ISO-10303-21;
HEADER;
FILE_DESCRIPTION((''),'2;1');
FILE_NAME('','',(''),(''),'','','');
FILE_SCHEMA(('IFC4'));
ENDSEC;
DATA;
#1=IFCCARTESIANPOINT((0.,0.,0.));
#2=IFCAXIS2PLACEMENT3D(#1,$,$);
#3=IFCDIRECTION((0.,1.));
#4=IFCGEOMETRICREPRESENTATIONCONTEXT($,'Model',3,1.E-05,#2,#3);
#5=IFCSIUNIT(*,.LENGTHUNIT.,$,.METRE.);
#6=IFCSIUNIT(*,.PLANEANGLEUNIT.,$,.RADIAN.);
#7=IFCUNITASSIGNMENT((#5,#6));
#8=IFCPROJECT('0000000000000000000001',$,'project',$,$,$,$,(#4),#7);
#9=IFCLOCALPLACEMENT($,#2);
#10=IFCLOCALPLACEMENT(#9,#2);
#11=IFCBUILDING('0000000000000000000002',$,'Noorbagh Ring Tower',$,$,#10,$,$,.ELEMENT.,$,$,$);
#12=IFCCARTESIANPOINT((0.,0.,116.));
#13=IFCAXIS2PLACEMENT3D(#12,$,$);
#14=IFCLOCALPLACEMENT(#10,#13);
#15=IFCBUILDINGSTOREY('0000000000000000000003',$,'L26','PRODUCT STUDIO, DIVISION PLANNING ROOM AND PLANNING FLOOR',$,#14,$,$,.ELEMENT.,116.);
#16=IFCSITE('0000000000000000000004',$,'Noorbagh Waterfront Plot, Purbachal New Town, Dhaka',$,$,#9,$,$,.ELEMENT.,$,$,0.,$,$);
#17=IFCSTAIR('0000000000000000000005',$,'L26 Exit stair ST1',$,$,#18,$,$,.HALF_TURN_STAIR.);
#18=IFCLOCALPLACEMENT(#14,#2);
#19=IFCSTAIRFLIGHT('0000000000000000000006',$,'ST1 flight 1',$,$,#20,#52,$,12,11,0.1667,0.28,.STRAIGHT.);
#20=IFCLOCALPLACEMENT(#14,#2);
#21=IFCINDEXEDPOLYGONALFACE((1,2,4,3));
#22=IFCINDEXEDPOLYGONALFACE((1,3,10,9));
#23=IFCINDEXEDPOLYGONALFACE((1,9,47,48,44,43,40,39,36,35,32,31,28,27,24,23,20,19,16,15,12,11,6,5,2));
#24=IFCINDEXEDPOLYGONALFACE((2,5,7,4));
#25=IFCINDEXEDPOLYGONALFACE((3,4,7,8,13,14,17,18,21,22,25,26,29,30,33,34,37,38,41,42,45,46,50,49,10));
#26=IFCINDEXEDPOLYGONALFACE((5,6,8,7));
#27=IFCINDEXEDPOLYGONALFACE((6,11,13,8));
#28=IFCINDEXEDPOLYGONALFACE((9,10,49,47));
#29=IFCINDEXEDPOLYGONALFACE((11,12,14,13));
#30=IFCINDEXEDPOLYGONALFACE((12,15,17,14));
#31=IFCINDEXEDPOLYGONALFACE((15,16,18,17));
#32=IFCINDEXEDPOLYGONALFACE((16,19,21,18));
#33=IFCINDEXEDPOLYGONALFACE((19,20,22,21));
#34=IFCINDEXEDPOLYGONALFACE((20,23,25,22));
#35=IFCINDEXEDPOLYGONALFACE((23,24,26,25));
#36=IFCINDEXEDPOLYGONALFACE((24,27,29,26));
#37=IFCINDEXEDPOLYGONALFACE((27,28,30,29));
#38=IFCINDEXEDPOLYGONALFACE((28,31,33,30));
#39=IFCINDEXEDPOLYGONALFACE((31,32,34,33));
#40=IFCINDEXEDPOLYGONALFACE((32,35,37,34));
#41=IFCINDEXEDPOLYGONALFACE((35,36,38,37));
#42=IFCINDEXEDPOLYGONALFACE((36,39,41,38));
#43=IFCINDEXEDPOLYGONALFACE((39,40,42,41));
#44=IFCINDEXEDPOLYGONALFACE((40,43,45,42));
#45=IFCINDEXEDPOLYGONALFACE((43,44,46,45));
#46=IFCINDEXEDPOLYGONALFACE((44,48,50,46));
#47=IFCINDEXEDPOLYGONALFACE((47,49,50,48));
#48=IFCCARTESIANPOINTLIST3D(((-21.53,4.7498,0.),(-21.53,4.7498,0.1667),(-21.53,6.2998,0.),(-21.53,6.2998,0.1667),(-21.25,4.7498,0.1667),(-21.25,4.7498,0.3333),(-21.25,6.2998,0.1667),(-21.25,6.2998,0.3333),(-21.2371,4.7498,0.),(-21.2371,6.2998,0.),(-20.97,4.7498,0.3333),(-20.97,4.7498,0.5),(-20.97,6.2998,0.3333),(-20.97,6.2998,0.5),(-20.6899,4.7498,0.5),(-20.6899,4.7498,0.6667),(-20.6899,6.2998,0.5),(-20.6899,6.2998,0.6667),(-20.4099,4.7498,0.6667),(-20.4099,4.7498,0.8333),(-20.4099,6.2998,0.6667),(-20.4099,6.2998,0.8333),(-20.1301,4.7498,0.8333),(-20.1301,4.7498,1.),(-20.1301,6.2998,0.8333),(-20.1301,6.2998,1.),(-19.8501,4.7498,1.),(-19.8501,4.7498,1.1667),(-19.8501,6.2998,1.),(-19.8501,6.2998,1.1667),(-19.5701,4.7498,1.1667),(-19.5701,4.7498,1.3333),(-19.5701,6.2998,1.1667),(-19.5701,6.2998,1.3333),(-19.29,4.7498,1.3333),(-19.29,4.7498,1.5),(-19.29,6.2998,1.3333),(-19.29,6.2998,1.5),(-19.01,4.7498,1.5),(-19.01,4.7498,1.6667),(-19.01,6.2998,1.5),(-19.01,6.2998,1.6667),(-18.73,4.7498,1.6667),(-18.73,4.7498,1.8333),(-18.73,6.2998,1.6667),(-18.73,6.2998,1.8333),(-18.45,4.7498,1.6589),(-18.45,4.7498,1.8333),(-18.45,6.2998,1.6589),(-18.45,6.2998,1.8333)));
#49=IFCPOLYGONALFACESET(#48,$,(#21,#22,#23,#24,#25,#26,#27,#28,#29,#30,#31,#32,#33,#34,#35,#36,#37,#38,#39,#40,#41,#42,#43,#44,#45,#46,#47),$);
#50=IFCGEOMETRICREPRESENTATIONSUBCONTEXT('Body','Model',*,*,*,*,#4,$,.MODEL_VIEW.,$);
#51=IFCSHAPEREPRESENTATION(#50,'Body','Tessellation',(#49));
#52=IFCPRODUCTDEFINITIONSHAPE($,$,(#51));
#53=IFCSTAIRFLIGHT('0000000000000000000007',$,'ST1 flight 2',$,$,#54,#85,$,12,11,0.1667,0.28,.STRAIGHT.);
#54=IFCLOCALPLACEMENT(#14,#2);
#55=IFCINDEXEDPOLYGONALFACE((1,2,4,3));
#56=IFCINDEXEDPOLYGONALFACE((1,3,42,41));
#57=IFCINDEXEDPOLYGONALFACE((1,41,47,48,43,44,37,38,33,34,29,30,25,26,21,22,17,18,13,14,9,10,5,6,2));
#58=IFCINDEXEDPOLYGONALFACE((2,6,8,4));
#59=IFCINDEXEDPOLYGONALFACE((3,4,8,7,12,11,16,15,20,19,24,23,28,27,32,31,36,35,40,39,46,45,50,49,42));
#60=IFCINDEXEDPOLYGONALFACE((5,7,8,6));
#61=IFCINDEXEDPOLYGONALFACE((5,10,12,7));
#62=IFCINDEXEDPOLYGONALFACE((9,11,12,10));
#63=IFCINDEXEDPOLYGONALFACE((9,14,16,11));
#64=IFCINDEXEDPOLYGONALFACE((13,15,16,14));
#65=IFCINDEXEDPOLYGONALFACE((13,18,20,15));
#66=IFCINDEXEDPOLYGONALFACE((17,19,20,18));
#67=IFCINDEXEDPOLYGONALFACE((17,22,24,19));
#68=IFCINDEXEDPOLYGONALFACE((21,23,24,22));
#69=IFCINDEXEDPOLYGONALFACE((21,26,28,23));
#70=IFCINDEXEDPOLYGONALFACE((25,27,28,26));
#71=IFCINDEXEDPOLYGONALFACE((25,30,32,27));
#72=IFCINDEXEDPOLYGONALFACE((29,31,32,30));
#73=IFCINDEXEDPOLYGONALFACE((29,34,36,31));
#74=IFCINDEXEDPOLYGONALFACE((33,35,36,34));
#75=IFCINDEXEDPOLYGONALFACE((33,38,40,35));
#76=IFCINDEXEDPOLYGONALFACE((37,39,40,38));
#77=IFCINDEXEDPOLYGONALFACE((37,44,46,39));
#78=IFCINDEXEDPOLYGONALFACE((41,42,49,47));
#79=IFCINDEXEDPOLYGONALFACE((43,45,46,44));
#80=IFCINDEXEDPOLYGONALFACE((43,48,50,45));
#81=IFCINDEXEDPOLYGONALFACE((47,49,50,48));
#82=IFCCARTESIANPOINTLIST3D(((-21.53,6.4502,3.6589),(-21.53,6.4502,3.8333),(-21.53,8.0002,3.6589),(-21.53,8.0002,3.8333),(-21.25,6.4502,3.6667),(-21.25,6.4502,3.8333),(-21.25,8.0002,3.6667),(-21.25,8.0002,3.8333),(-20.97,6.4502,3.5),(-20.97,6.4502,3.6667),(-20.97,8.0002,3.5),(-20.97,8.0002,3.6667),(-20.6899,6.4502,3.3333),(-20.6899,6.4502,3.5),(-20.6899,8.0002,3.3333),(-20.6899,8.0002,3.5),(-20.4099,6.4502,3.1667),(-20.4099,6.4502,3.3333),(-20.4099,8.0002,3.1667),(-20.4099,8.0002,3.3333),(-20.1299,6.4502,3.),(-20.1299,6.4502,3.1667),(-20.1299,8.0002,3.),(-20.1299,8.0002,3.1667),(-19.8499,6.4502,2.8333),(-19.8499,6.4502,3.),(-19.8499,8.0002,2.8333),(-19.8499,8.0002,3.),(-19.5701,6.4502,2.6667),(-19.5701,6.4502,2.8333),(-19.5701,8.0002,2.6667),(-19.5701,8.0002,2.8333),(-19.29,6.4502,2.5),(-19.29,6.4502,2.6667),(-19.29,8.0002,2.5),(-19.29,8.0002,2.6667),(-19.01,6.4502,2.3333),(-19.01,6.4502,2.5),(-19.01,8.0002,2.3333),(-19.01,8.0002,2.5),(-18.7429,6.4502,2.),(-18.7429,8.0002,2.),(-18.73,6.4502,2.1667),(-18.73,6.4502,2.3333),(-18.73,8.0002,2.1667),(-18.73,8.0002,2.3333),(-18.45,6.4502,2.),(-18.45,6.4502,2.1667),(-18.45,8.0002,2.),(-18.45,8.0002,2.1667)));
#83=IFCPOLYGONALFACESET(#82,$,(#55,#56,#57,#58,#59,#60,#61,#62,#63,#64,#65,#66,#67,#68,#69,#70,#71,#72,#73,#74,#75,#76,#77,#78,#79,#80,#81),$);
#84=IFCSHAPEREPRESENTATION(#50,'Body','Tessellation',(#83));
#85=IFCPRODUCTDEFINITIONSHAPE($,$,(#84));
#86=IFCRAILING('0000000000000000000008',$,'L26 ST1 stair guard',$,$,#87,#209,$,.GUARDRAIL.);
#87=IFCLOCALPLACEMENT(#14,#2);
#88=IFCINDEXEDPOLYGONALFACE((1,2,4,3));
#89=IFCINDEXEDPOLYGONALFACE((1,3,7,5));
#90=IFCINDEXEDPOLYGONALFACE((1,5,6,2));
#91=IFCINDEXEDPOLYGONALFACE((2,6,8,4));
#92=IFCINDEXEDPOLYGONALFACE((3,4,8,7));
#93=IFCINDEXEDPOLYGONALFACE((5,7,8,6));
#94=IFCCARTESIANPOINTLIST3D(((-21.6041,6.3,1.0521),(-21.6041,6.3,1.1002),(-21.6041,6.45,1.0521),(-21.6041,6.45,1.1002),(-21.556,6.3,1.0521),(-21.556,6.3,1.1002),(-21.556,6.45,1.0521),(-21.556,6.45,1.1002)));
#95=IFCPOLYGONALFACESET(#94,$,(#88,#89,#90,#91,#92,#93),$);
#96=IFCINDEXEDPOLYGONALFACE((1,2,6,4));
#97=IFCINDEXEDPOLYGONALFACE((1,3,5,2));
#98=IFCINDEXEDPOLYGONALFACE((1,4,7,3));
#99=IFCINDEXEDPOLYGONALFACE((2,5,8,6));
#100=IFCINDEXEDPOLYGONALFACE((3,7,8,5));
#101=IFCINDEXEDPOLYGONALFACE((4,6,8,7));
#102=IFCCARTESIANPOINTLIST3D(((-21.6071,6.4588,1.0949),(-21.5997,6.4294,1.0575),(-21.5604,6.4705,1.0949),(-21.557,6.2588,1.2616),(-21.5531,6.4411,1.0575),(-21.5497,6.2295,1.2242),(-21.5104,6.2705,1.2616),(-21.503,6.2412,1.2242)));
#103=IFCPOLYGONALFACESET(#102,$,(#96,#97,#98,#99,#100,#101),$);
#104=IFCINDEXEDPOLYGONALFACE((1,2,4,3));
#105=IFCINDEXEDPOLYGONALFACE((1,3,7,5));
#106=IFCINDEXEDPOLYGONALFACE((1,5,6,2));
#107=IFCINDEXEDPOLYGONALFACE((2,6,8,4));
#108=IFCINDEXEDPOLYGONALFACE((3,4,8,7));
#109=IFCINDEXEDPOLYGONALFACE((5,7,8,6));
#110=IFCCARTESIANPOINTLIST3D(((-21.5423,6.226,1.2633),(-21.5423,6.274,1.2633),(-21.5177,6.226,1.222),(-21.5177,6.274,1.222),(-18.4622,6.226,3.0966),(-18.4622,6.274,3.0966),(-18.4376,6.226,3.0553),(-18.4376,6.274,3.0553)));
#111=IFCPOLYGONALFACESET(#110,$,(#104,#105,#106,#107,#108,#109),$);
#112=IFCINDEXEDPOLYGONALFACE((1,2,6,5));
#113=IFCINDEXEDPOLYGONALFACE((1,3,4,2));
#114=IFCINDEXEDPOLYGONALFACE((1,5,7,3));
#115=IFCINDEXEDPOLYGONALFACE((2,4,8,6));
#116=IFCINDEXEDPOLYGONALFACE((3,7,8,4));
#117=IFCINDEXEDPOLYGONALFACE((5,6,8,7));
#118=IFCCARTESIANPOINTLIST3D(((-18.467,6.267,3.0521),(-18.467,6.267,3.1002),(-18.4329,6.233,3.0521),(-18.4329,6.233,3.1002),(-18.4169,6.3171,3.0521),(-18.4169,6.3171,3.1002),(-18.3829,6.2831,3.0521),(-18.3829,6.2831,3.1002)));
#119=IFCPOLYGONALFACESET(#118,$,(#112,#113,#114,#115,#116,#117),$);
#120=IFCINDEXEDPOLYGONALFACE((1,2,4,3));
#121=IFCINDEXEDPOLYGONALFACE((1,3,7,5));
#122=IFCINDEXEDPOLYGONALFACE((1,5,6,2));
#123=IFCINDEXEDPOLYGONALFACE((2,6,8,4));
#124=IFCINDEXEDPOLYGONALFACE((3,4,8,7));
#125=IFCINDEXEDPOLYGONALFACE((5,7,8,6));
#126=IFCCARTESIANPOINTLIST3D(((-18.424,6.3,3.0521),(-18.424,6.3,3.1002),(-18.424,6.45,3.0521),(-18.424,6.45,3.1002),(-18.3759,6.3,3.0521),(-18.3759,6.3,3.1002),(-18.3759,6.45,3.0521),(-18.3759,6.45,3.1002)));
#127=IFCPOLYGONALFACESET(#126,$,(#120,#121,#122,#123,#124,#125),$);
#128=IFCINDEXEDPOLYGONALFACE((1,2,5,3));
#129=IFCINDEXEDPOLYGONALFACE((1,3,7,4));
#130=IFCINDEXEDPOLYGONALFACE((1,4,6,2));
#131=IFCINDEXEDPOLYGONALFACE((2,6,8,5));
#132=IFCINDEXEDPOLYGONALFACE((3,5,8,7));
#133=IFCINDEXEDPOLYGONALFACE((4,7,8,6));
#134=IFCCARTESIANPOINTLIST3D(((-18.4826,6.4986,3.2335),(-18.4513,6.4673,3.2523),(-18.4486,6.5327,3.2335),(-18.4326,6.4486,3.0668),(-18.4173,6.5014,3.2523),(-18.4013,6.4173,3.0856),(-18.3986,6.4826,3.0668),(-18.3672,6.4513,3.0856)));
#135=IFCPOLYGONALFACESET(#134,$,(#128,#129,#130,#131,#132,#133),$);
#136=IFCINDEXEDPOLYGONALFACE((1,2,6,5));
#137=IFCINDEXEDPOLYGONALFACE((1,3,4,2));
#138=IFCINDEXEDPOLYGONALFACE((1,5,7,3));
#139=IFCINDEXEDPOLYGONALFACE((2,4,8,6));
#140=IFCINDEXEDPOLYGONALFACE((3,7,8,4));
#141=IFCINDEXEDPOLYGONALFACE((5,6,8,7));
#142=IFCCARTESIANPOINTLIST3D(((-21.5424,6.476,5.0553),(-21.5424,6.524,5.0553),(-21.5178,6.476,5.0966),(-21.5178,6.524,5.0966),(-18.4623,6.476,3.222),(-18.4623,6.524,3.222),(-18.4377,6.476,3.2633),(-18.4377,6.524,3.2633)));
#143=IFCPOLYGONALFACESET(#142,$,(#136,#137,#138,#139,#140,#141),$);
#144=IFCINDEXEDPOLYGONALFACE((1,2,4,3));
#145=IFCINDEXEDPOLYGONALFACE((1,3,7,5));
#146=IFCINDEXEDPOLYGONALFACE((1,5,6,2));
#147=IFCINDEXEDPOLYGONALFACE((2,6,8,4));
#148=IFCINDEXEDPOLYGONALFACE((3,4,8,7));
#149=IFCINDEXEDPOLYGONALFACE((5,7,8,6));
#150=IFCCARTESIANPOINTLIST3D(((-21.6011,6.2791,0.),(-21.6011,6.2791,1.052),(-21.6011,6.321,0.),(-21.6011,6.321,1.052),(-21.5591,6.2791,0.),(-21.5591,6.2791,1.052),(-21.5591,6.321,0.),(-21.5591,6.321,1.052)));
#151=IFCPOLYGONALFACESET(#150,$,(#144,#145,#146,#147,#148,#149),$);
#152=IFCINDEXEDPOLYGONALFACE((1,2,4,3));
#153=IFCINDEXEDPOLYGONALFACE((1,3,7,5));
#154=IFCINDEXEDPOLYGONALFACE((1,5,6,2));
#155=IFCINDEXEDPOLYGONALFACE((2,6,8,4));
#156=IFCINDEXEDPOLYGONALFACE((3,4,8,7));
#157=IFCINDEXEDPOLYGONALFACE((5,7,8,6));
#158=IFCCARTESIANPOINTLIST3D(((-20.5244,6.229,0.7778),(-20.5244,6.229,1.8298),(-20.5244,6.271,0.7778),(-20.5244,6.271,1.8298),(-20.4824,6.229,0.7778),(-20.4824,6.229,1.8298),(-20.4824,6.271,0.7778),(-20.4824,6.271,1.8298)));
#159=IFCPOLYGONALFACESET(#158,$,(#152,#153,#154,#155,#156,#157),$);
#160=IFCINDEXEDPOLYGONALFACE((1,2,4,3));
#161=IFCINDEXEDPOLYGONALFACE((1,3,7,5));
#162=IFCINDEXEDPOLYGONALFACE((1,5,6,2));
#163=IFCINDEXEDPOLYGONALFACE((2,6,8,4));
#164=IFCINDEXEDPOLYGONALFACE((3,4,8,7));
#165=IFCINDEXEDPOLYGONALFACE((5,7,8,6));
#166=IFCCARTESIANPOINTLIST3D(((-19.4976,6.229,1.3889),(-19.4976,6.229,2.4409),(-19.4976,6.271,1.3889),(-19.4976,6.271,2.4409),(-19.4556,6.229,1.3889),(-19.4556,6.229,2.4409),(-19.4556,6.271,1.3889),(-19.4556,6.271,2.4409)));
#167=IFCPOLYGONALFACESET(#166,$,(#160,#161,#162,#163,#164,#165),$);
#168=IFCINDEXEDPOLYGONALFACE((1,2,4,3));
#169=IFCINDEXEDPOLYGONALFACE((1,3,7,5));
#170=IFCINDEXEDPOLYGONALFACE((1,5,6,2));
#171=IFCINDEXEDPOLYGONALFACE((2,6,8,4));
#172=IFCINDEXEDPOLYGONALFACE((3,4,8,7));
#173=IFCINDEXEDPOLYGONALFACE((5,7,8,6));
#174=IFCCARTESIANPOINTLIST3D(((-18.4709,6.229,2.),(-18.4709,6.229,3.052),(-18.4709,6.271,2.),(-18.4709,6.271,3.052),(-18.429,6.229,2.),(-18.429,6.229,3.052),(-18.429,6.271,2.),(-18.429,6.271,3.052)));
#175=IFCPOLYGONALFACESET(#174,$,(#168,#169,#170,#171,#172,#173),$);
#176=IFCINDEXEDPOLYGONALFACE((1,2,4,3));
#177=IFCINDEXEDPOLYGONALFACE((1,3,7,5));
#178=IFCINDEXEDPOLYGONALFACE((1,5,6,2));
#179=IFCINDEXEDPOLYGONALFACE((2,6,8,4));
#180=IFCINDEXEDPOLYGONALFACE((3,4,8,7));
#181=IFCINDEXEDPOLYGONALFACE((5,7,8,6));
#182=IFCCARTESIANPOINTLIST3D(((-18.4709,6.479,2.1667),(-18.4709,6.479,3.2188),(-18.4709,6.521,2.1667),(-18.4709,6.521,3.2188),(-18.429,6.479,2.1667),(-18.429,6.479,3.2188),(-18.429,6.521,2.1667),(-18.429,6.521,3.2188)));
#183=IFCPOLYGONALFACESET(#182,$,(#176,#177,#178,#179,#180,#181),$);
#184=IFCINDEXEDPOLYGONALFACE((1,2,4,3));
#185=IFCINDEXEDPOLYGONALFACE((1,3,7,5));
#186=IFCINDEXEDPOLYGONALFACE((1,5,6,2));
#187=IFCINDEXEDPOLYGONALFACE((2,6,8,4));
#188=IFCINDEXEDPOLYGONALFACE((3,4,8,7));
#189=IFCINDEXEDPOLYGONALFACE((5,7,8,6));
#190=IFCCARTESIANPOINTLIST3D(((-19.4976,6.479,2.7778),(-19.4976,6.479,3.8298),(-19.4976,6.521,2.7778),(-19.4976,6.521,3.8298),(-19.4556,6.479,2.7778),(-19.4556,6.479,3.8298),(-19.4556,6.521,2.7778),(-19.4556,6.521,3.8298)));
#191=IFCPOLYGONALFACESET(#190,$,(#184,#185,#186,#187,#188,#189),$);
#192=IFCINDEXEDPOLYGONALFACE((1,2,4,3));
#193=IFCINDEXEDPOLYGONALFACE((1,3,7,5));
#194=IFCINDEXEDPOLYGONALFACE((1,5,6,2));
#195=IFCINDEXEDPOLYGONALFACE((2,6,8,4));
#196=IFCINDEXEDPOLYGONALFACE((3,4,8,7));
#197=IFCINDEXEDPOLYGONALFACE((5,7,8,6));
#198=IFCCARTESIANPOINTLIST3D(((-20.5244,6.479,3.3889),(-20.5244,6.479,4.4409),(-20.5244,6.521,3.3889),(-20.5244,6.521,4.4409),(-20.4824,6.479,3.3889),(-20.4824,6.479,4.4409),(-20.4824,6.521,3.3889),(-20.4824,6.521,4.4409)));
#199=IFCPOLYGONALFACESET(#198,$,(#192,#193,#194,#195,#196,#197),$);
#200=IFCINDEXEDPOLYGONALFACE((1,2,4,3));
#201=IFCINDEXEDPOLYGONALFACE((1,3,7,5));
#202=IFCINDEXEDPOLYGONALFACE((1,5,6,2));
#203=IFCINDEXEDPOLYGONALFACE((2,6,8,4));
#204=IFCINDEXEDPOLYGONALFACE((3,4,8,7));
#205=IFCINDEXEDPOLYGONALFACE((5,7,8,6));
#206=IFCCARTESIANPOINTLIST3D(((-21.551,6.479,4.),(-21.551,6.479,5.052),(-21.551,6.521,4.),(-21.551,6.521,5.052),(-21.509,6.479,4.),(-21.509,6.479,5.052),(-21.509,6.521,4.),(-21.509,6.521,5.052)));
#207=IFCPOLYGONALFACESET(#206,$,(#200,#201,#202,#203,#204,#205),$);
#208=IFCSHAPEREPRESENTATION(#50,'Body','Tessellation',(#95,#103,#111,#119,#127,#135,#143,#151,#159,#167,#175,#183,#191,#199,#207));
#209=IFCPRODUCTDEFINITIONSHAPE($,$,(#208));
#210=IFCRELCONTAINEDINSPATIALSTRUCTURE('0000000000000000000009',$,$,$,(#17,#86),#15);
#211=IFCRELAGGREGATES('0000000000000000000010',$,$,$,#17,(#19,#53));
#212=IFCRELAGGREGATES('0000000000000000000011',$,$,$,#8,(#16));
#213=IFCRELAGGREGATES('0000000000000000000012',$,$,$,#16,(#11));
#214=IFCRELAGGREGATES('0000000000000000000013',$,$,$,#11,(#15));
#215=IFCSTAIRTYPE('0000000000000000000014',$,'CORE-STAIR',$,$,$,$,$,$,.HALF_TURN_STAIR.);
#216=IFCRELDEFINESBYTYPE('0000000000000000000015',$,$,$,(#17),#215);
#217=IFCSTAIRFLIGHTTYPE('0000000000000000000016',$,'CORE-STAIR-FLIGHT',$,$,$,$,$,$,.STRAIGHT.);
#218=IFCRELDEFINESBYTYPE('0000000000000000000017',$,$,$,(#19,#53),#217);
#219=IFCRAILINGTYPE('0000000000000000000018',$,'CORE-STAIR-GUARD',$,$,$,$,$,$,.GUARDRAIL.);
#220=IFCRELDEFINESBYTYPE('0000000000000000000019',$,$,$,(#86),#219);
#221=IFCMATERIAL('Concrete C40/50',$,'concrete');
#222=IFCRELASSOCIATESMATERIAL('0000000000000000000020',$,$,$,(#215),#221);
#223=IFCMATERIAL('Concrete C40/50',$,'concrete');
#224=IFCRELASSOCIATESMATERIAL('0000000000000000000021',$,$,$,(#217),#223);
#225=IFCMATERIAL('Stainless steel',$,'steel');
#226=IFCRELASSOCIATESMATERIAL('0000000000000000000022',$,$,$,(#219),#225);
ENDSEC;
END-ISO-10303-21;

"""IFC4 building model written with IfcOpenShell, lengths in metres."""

from ifc_helpers import new_model, si_unit, direction, frame, origin, origin_2d, place, context, subcontext, project, spatial, polyline, rectangle, outline, extrude, material, type_object, element, aggregate, save


model = new_model("IFC4")

# Units and contexts
model_context = context("Model", 3, precision=1e-05, world=origin(), true_north=direction((0.0, 1.0)))
body_context = subcontext(model_context, "Body", "Model", "MODEL_VIEW")
ifc_project = project(units=[si_unit("LENGTHUNIT", "METRE"), si_unit("PLANEANGLEUNIT", "RADIAN")], contexts=[model_context])

# Site, building, storey
site_placement = place(None, origin())
site = spatial("IfcSite", under=ifc_project, at=site_placement, Name="Noorbagh Waterfront Plot, Purbachal New Town, Dhaka", CompositionType="ELEMENT", RefElevation=0.0)
building_placement = place(site_placement, origin())
building = spatial("IfcBuilding", under=site, at=building_placement, Name="Noorbagh Ring Tower", CompositionType="ELEMENT")
storey_placement = place(building_placement, frame((0.0, 0.0, 116.0)))
storey = spatial("IfcBuildingStorey", under=building, at=storey_placement, Name="L26", Description="PRODUCT STUDIO, DIVISION PLANNING ROOM AND PLANNING FLOOR", CompositionType="ELEMENT", Elevation=116.0)

# Stair, stair flights
ifc_material_1 = material(Name="Concrete C40/50", Category="concrete")
stair_type = type_object("IfcStairType", Name="CORE-STAIR", PredefinedType="HALF_TURN_STAIR", material=ifc_material_1)
stair_placement = place(storey_placement, origin())
stair = element("IfcStair", 1, at=stair_placement, inside=storey, type_object=stair_type, Name="L26 Exit stair ST1", PredefinedType="HALF_TURN_STAIR")
ifc_material_2 = material(Name="Concrete C40/50", Category="concrete")
stair_flight_type = type_object("IfcStairFlightType", Name="CORE-STAIR-FLIGHT", PredefinedType="STRAIGHT", material=ifc_material_2)
stair_flight_1_placement = place(storey_placement, frame((-21.53, 5.5249, 0.0), z_axis=(0.0, 0.0, 1.0), x_axis=(1.0, 0.0, 0.0)))
stair_flight_1 = element("IfcStairFlight", 2, at=stair_flight_1_placement, type_object=stair_flight_type, Name="ST1 flight 1", NumberOfRisers=12, NumberOfTreads=11, PredefinedType="STRAIGHT", RiserHeight=0.1667, TreadLength=0.28, context=body_context, shape_type="SweptSolid", body=[
    extrude(outline(polyline([(0.0, 0.0), (0.0, 0.1667), (0.28, 0.1667), (0.28, 0.3333), (0.5601, 0.3333), (0.5601, 0.5), (0.8401, 0.5), (0.8401, 0.6667), (1.1201, 0.6667), (1.1201, 0.8333), (1.3999, 0.8333), (1.3999, 1.0), (1.6799, 1.0), (1.6799, 1.1667), (1.96, 1.1667), (1.96, 1.3333), (2.24, 1.3333), (2.24, 1.5), (2.52, 1.5), (2.52, 1.6667), (2.8, 1.6667), (2.8, 1.8333), (3.0801, 1.8333), (3.0801, 2.0), (3.0801, 1.6589), (0.293, 0.0), (0.0, 0.0)])), frame((0.0, 0.7749, 0.0), z_axis=(0.0, -1.0, 0.0), x_axis=(1.0, 0.0, 0.0)), (0.0, 0.0, 1.0), 1.55),
])
stair_flight_2_placement = place(storey_placement, frame((-18.45, 7.2251, 2.0), z_axis=(0.0, 0.0, 1.0), x_axis=(-1.0, 0.0, 0.0)))
stair_flight_2 = element("IfcStairFlight", 3, at=stair_flight_2_placement, type_object=stair_flight_type, Name="ST1 flight 2", NumberOfRisers=12, NumberOfTreads=11, PredefinedType="STRAIGHT", RiserHeight=0.1667, TreadLength=0.28, context=body_context, shape_type="SweptSolid", body=[
    extrude(outline(polyline([(0.0, 0.0), (0.0, 0.1667), (0.28, 0.1667), (0.28, 0.3333), (0.5601, 0.3333), (0.5601, 0.5), (0.8401, 0.5), (0.8401, 0.6667), (1.1201, 0.6667), (1.1201, 0.8333), (1.3999, 0.8333), (1.3999, 1.0), (1.6799, 1.0), (1.6799, 1.1667), (1.96, 1.1667), (1.96, 1.3333), (2.24, 1.3333), (2.24, 1.5), (2.52, 1.5), (2.52, 1.6667), (2.8, 1.6667), (2.8, 1.8333), (3.0801, 1.8333), (3.0801, 2.0), (3.0801, 1.6589), (0.293, 0.0), (0.0, 0.0)])), frame((0.0, 0.7749, 0.0), z_axis=(0.0, -1.0, 0.0), x_axis=(1.0, 0.0, 0.0)), (0.0, 0.0, 1.0), 1.55),
])
aggregate(stair, [stair_flight_1, stair_flight_2])

# Railing
ifc_material_3 = material(Name="Stainless steel", Category="steel")
railing_type_1 = type_object("IfcRailingType", Name="CORE-STAIR-GUARD", PredefinedType="GUARDRAIL", material=ifc_material_3)
railing_1_placement = place(storey_placement, frame((-21.5801, 6.3, 0.0)))
element("IfcRailing", 4, at=railing_1_placement, inside=storey, type_object=railing_type_1, Name="L26 ST1 stair guard", PredefinedType="GUARDRAIL", context=body_context, shape_type="SweptSolid", body=[
    extrude(rectangle(XDim=0.0481, YDim=0.0481, at=origin_2d()), frame((0.0, 0.0, 1.0762), z_axis=(0.0, 1.0, 0.0), x_axis=(-1.0, 0.0, 0.0)), (0.0, 0.0, 1.0), 0.1499),
    extrude(rectangle(XDim=0.0481, YDim=0.0481, at=origin_2d()), frame((0.0, 0.1499, 1.0762), z_axis=(0.188776, -0.754182, 0.628946), x_axis=(0.970073, 0.242814, 0.0)), (0.0, 0.0, 1.0), 0.2651),
    extrude(rectangle(XDim=0.0481, YDim=0.0481, at=origin_2d()), frame((0.05, -0.05, 1.2427), z_axis=(0.859309, 0.0, 0.511458), x_axis=(0.0, 1.0, 0.0)), (0.0, 0.0, 1.0), 3.5845),
    extrude(rectangle(XDim=0.0481, YDim=0.0481, at=origin_2d()), frame((3.1301, -0.05, 3.0762), z_axis=(0.707107, 0.707107, 0.0), x_axis=(-0.707107, 0.707107, 0.0)), (0.0, 0.0, 1.0), 0.0708),
    extrude(rectangle(XDim=0.0481, YDim=0.0481, at=origin_2d()), frame((3.1802, 0.0, 3.0762), z_axis=(0.0, 1.0, 0.0), x_axis=(-1.0, 0.0, 0.0)), (0.0, 0.0, 1.0), 0.1499),
    extrude(rectangle(XDim=0.0481, YDim=0.0481, at=origin_2d()), frame((3.1802, 0.1499, 3.0762), z_axis=(-0.276287, 0.276287, 0.920506), x_axis=(-0.707107, -0.707107, 0.0)), (0.0, 0.0, 1.0), 0.1812),
    extrude(rectangle(XDim=0.0481, YDim=0.0481, at=origin_2d()), frame((3.1301, 0.2, 3.2427), z_axis=(-0.859309, 0.0, 0.511458), x_axis=(0.0, -1.0, 0.0)), (0.0, 0.0, 1.0), 3.5845),
    extrude(rectangle(XDim=0.042, YDim=0.042, at=origin_2d()), origin(), (0.0, 0.0, 1.0), 1.052),
    extrude(rectangle(XDim=0.042, YDim=0.042, at=origin_2d()), frame((1.0767, -0.05, 0.7778)), (0.0, 0.0, 1.0), 1.052),
    extrude(rectangle(XDim=0.042, YDim=0.042, at=origin_2d()), frame((2.1035, -0.05, 1.3889)), (0.0, 0.0, 1.0), 1.052),
    extrude(rectangle(XDim=0.042, YDim=0.042, at=origin_2d()), frame((3.1301, -0.05, 2.0)), (0.0, 0.0, 1.0), 1.052),
    extrude(rectangle(XDim=0.042, YDim=0.042, at=origin_2d()), frame((3.1301, 0.2, 2.1667)), (0.0, 0.0, 1.0), 1.052),
    extrude(rectangle(XDim=0.042, YDim=0.042, at=origin_2d()), frame((2.1035, 0.2, 2.7778)), (0.0, 0.0, 1.0), 1.052),
    extrude(rectangle(XDim=0.042, YDim=0.042, at=origin_2d()), frame((1.0767, 0.2, 3.3889)), (0.0, 0.0, 1.0), 1.052),
    extrude(rectangle(XDim=0.042, YDim=0.042, at=origin_2d()), frame((0.05, 0.2, 4.0)), (0.0, 0.0, 1.0), 1.052),
])

save(model, "model.ifc")
